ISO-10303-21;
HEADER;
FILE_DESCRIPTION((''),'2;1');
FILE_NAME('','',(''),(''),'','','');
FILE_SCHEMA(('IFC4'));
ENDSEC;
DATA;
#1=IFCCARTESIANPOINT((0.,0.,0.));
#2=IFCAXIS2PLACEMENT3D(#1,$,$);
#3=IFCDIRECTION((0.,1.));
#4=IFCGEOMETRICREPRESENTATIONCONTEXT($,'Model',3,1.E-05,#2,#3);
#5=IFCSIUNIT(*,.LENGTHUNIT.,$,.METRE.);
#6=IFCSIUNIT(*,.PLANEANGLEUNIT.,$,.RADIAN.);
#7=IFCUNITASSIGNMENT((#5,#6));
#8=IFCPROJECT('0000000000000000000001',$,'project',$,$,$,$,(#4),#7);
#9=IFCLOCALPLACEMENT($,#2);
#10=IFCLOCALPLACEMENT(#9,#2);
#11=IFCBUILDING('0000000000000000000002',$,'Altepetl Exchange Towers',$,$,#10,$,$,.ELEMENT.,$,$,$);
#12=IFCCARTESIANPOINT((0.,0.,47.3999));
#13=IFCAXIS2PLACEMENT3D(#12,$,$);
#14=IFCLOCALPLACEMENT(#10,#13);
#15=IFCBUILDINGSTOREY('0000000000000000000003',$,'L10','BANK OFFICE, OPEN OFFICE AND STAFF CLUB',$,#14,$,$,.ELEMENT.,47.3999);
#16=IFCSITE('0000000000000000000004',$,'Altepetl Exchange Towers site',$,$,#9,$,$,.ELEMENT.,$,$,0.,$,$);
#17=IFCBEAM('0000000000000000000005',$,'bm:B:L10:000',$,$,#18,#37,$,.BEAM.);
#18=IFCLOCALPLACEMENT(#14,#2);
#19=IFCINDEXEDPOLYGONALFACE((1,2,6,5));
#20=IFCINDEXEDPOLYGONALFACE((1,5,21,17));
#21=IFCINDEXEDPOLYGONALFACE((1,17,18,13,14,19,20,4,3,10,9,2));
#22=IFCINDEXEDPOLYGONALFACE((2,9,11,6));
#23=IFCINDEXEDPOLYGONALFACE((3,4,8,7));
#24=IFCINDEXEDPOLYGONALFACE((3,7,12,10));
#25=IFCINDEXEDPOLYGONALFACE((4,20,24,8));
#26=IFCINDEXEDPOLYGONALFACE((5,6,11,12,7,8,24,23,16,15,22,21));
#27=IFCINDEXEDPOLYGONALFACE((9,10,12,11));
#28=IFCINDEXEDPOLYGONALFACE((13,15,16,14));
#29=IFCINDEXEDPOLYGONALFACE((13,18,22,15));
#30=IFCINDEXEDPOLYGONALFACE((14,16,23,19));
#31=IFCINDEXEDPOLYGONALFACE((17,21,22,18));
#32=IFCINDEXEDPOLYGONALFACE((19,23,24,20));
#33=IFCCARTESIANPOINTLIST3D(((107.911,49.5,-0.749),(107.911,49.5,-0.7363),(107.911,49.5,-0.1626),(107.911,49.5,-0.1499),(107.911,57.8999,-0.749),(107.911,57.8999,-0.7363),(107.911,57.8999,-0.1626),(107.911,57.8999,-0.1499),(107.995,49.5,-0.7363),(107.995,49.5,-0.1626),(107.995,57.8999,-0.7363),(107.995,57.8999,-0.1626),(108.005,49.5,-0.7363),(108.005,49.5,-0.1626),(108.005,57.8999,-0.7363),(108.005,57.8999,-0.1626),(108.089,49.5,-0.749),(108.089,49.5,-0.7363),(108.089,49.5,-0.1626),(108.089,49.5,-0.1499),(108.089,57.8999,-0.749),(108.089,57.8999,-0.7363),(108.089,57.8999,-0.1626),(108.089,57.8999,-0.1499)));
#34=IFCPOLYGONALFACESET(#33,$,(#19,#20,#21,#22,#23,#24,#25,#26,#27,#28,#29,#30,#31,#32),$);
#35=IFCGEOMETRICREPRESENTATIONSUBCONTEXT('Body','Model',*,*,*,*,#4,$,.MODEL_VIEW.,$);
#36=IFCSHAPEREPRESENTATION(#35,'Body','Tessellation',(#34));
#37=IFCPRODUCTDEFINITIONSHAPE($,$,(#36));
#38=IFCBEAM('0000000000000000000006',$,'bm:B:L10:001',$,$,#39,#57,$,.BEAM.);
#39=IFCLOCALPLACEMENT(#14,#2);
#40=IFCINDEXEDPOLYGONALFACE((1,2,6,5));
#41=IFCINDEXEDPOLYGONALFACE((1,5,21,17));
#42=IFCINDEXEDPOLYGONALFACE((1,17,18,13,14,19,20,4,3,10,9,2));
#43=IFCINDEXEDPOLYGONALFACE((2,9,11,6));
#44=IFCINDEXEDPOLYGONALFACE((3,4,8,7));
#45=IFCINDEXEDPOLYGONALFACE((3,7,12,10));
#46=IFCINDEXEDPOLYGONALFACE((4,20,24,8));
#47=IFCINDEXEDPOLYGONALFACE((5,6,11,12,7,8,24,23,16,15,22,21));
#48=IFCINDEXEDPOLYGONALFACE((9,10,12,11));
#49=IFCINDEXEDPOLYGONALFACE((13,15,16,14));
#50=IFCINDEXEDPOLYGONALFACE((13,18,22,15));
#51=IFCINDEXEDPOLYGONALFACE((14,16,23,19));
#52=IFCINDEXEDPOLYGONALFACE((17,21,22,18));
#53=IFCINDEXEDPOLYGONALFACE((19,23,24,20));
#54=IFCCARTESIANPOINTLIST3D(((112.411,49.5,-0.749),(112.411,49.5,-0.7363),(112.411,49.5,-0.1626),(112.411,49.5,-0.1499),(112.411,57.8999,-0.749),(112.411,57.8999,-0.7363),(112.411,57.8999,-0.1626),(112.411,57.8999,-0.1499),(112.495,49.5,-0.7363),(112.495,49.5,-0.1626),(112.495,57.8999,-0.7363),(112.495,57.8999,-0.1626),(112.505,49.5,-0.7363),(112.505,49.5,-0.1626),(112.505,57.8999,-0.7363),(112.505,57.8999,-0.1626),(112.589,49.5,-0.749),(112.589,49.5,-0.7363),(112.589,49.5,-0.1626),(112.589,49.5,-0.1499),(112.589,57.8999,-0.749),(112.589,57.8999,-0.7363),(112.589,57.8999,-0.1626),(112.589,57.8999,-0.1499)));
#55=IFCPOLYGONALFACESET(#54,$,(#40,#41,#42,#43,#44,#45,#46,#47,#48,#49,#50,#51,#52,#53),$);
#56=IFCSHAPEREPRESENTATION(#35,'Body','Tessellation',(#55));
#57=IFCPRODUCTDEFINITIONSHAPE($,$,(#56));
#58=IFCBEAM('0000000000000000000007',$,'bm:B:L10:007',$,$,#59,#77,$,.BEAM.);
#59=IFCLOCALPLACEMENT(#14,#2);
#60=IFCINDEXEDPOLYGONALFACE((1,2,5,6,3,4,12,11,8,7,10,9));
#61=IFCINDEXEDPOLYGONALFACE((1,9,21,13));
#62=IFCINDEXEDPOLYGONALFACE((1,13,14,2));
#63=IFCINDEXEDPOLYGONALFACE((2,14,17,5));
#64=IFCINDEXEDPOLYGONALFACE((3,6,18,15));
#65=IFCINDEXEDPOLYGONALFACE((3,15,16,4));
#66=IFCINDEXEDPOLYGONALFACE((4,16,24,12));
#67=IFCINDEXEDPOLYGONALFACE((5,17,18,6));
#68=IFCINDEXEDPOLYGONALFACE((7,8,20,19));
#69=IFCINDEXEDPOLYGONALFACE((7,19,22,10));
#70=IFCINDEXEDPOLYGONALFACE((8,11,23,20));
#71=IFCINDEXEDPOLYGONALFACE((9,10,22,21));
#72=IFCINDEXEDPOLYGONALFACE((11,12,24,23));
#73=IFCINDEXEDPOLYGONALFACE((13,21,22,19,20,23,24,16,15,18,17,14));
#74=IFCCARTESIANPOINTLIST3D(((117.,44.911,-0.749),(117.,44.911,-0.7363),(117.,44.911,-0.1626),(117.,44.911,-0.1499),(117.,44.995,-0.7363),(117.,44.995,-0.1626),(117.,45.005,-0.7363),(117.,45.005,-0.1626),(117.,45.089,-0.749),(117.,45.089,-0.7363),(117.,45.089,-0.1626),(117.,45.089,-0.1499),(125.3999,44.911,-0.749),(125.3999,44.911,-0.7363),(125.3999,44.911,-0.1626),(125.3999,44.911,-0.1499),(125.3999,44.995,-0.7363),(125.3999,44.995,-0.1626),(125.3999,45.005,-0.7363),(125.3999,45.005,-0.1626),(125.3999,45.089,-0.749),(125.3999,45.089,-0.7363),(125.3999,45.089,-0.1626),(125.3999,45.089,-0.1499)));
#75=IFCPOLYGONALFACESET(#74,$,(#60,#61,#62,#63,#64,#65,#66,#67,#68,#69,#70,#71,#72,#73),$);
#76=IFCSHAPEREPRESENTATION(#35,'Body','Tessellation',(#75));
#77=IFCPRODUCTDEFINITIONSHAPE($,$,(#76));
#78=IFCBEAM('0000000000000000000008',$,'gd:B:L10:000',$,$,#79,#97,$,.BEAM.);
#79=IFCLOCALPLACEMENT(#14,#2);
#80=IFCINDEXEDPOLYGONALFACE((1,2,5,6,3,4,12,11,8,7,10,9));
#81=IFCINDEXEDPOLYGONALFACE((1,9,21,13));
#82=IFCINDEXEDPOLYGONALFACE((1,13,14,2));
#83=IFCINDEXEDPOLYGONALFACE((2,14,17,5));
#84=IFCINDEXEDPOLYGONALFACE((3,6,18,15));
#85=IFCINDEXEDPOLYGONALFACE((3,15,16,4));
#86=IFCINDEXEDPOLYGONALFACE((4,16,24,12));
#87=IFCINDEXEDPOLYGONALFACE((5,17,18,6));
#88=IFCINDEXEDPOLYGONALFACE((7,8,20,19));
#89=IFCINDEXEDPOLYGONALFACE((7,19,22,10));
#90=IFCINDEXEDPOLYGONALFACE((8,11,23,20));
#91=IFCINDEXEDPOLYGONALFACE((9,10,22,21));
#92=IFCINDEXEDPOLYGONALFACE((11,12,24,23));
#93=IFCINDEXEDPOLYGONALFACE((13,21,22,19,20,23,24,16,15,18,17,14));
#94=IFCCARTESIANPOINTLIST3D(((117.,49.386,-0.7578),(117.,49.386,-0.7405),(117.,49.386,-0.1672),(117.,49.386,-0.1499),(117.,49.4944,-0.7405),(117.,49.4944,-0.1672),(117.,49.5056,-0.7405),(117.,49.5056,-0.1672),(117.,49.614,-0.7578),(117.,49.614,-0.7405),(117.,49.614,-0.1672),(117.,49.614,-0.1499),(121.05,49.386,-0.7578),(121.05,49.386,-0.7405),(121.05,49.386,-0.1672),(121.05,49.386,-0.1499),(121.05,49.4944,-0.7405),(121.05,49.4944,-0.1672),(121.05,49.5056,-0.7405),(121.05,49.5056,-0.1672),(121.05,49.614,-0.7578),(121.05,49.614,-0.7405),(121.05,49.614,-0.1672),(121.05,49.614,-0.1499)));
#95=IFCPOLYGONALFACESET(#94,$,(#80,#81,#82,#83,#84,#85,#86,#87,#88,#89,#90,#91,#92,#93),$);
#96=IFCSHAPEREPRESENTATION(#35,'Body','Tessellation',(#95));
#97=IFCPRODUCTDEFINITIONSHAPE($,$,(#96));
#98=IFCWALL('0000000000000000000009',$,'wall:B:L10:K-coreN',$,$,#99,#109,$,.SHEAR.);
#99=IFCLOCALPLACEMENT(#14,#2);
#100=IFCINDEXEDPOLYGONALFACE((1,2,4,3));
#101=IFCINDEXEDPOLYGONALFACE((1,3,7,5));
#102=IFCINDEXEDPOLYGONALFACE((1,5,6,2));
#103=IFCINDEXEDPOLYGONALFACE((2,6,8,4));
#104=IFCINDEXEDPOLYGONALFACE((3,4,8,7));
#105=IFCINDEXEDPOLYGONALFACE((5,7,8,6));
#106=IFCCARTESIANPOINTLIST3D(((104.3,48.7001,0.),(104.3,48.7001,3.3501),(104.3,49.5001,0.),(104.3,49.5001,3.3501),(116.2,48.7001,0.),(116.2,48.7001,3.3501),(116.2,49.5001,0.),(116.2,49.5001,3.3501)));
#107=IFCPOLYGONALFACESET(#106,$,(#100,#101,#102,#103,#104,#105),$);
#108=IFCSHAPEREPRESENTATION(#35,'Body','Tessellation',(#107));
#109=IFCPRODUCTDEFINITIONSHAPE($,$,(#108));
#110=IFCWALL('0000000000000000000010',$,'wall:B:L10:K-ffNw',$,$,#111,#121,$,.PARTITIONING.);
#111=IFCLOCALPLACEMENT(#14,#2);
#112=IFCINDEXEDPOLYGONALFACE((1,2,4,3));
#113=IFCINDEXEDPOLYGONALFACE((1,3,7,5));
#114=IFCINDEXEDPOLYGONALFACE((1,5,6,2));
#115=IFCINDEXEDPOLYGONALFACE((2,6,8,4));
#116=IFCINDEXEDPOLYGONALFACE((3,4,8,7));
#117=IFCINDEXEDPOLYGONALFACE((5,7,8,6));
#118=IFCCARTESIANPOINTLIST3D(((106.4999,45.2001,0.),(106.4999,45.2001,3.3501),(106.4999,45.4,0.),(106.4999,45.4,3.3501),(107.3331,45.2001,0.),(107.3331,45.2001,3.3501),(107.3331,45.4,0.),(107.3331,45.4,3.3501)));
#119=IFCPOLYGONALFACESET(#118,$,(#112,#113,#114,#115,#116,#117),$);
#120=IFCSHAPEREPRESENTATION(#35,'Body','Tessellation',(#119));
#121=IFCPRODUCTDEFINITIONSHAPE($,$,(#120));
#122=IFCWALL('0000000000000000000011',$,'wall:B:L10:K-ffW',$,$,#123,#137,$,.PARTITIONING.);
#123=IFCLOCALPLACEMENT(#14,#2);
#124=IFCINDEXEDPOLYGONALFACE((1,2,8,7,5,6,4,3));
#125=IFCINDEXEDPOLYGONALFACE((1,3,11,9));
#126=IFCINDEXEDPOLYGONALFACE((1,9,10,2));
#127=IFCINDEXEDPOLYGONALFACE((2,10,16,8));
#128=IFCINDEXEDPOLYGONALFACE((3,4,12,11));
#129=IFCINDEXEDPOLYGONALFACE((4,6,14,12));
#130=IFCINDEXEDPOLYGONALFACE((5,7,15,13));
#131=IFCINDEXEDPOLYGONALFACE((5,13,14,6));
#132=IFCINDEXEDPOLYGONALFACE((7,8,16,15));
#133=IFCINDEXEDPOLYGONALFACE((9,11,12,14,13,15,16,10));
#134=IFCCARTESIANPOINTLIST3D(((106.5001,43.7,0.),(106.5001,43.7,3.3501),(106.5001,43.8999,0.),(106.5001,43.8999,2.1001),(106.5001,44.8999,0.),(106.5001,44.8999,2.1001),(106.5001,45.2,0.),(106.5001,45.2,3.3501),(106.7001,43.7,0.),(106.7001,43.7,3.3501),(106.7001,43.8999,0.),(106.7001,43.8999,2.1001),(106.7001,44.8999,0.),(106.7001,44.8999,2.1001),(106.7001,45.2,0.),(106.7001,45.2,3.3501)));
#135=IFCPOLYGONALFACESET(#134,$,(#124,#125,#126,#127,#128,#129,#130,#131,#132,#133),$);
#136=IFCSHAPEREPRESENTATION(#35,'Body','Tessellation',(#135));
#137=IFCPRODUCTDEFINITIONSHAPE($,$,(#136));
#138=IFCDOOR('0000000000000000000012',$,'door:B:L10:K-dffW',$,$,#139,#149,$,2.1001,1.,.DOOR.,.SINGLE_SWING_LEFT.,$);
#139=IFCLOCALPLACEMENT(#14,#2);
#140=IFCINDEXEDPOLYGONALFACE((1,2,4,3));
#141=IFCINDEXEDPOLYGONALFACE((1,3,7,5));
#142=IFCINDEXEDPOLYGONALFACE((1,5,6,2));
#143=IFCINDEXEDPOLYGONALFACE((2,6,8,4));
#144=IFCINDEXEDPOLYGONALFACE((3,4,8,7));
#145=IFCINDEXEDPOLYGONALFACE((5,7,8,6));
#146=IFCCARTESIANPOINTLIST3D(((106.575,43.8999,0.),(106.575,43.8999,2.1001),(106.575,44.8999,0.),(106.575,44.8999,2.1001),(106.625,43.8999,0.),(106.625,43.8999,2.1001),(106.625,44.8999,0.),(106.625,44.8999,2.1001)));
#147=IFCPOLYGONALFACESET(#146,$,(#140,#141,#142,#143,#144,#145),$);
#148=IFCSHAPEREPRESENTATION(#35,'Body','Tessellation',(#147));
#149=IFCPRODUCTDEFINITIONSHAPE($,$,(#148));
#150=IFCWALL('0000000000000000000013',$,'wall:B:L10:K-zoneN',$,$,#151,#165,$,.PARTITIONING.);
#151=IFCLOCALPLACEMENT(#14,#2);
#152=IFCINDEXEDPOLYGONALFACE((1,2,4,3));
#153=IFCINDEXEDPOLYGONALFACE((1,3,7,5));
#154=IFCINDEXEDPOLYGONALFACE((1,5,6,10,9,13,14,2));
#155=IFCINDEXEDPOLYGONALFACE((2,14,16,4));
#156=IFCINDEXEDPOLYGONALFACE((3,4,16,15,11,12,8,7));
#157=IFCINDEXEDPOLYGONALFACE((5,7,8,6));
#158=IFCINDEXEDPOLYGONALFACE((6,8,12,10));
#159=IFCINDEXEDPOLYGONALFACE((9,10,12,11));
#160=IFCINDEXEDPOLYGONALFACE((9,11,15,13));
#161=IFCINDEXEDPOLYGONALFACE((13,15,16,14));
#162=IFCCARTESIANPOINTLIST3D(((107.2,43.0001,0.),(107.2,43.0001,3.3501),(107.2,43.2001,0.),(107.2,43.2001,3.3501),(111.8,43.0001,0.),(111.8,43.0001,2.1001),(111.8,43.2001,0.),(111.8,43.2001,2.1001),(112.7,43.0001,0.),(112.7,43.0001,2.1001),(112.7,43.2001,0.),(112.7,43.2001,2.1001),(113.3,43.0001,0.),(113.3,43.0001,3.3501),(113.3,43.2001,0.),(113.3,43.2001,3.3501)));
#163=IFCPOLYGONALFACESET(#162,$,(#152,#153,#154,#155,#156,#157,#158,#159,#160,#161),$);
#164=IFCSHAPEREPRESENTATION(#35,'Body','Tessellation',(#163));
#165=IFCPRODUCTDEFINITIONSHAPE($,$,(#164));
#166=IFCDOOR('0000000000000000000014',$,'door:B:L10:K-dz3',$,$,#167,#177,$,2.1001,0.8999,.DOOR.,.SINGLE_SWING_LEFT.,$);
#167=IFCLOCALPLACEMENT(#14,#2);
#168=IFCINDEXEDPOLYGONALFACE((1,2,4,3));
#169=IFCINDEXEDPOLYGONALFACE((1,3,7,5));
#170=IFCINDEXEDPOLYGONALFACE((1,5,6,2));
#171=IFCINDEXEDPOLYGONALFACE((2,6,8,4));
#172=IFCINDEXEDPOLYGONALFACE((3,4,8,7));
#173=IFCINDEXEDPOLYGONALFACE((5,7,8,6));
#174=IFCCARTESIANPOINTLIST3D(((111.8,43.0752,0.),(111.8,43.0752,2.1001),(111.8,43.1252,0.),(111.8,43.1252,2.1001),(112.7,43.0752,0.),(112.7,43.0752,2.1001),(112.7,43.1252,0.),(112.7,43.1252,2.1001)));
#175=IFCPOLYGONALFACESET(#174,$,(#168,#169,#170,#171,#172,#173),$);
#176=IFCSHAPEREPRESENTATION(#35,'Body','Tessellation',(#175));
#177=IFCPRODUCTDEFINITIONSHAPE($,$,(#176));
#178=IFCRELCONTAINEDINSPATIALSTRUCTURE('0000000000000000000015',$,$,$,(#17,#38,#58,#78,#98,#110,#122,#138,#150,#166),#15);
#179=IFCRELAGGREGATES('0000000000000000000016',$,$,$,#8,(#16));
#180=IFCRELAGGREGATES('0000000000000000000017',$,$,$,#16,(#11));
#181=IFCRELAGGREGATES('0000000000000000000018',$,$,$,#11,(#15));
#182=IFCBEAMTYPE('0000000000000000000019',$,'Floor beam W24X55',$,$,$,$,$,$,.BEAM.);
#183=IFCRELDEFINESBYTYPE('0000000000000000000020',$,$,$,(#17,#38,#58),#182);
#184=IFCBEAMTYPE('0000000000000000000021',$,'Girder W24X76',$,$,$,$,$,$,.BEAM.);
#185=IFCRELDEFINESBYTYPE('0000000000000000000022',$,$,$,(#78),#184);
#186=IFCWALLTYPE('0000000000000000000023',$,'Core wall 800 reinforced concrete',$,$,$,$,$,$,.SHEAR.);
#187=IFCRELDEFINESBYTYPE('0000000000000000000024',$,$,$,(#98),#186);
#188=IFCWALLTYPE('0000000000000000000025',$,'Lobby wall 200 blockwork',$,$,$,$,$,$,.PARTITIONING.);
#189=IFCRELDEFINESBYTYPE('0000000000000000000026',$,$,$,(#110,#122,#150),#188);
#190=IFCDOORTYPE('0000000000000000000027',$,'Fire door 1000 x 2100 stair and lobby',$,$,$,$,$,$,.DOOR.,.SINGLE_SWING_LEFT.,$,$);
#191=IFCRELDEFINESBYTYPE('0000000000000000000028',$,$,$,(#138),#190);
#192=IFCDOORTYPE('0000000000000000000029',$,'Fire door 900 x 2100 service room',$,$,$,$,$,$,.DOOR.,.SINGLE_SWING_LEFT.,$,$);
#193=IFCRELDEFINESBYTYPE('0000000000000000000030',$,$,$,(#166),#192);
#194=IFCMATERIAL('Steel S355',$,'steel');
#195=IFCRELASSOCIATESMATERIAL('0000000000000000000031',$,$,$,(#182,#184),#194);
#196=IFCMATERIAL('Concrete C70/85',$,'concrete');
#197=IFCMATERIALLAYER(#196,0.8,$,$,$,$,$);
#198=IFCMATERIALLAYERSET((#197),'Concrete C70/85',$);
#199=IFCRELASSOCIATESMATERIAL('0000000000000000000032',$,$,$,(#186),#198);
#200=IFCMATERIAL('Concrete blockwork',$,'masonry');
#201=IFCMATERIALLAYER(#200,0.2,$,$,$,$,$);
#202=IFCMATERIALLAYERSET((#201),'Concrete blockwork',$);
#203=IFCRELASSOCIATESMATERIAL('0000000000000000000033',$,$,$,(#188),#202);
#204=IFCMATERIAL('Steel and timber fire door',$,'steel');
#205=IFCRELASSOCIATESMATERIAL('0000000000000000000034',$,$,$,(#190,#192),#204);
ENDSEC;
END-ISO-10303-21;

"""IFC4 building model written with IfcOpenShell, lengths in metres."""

from ifc_helpers import new_model, si_unit, direction, frame, frame_2d, origin, origin_2d, place, context, subcontext, project, spatial, rectangle, i_section, extrude, material, layer, layer_set, material_profile, profile_set, type_object, element, fill, save


model = new_model("IFC4")

# Units and contexts
model_context = context("Model", 3, precision=1e-05, world=origin(), true_north=direction((0.0, 1.0)))
body_context = subcontext(model_context, "Body", "Model", "MODEL_VIEW")
ifc_project = project(units=[si_unit("LENGTHUNIT", "METRE"), si_unit("PLANEANGLEUNIT", "RADIAN")], contexts=[model_context])

# Site, building, storey
site_placement = place(None, origin())
site = spatial("IfcSite", under=ifc_project, at=site_placement, Name="Altepetl Exchange Towers site", CompositionType="ELEMENT", RefElevation=0.0)
building_placement = place(site_placement, origin())
building = spatial("IfcBuilding", under=site, at=building_placement, Name="Altepetl Exchange Towers", CompositionType="ELEMENT")
storey_placement = place(building_placement, frame((0.0, 0.0, 47.3999)))
storey = spatial("IfcBuildingStorey", under=building, at=storey_placement, Name="L10", Description="BANK OFFICE, OPEN OFFICE AND STAFF CLUB", CompositionType="ELEMENT", Elevation=47.3999)

# Beams
ifc_material_1 = material(Name="Steel S355", Category="steel")
ifc_material_profile_1 = material_profile(ifc_material_1, i_section(OverallWidth=0.178, OverallDepth=0.5991, WebThickness=0.01, FlangeThickness=0.0127, at=origin_2d()), Name="W24X55")
ifc_profile_set_1 = profile_set([ifc_material_profile_1], Name="Steel S355")
beam_type_1 = type_object("IfcBeamType", Name="Floor beam W24X55", PredefinedType="BEAM", material=ifc_profile_set_1)
for number, where, z_axis, x_axis, name in (
    (1, (108.0, 49.5, -0.4495), (0.0, 1.0, 0.0), (-1.0, 0.0, 0.0), "bm:B:L10:000"),
    (2, (112.5, 49.5, -0.4495), (0.0, 1.0, 0.0), (-1.0, 0.0, 0.0), "bm:B:L10:001"),
    (3, (117.0, 45.0, -0.4495), (1.0, 0.0, 0.0), (0.0, 1.0, 0.0), "bm:B:L10:007"),
):
    element("IfcBeam", number, at=place(storey_placement, frame(where, z_axis=z_axis, x_axis=x_axis)), inside=storey, type_object=beam_type_1, Name=name, PredefinedType="BEAM", context=body_context, shape_type="SweptSolid", body=[
        extrude(i_section(OverallWidth=0.178, OverallDepth=0.5991, WebThickness=0.01, FlangeThickness=0.0127, at=origin_2d()), origin(), (0.0, 0.0, 1.0), 8.3999),
    ])
ifc_material_profile_2 = material_profile(ifc_material_1, i_section(OverallWidth=0.228, OverallDepth=0.6079, WebThickness=0.0112, FlangeThickness=0.0173, at=origin_2d()), Name="W24X76")
ifc_profile_set_2 = profile_set([ifc_material_profile_2], Name="Steel S355")
beam_type_2 = type_object("IfcBeamType", Name="Girder W24X76", PredefinedType="BEAM", material=ifc_profile_set_2)
beam_placement = place(storey_placement, frame((117.0, 49.5, -0.4539), z_axis=(1.0, 0.0, 0.0), x_axis=(0.0, 1.0, 0.0)))
element("IfcBeam", 4, at=beam_placement, inside=storey, type_object=beam_type_2, Name="gd:B:L10:000", PredefinedType="BEAM", context=body_context, shape_type="SweptSolid", body=[
    extrude(i_section(OverallWidth=0.228, OverallDepth=0.6079, WebThickness=0.0112, FlangeThickness=0.0173, at=origin_2d()), origin(), (0.0, 0.0, 1.0), 4.05),
])

# Walls
ifc_material_2 = material(Name="Concrete C70/85", Category="concrete")
ifc_layer_1 = layer(ifc_material_2, 0.8)
ifc_layer_set_1 = layer_set([ifc_layer_1], Name="Concrete C70/85")
wall_type_1 = type_object("IfcWallType", Name="Core wall 800 reinforced concrete", PredefinedType="SHEAR", material=ifc_layer_set_1)
wall_1_placement = place(storey_placement, frame((104.3, 49.1001, 0.0)))
element("IfcWall", 5, at=wall_1_placement, inside=storey, type_object=wall_type_1, Name="wall:B:L10:K-coreN", PredefinedType="SHEAR", context=body_context, shape_type="SweptSolid", body=[
    extrude(rectangle(XDim=11.8999, YDim=0.8, at=frame_2d((5.95, 0.0))), origin(), (0.0, 0.0, 1.0), 3.3501),
])
ifc_material_3 = material(Name="Concrete blockwork", Category="masonry")
ifc_layer_2 = layer(ifc_material_3, 0.2)
ifc_layer_set_2 = layer_set([ifc_layer_2], Name="Concrete blockwork")
wall_type_2 = type_object("IfcWallType", Name="Lobby wall 200 blockwork", PredefinedType="PARTITIONING", material=ifc_layer_set_2)
wall_2_placement = place(storey_placement, frame((106.5, 45.3, 0.0)))
element("IfcWall", 6, at=wall_2_placement, inside=storey, type_object=wall_type_2, Name="wall:B:L10:K-ffNw", PredefinedType="PARTITIONING", context=body_context, shape_type="SweptSolid", body=[
    extrude(rectangle(XDim=0.8333, YDim=0.2, at=frame_2d((0.4165, 0.0))), origin(), (0.0, 0.0, 1.0), 3.3501),
])

# Walls, openings, doors
wall_3_placement = place(storey_placement, frame((106.6001, 43.7, 0.0), z_axis=(0.0, 0.0, 1.0), x_axis=(0.0, 1.0, 0.0)))
wall_3 = element("IfcWall", 7, at=wall_3_placement, inside=storey, type_object=wall_type_2, Name="wall:B:L10:K-ffW", PredefinedType="PARTITIONING", context=body_context, shape_type="SweptSolid", body=[
    extrude(rectangle(XDim=1.5, YDim=0.2, at=frame_2d((0.75, 0.0))), origin(), (0.0, 0.0, 1.0), 3.3501),
])
opening_1_placement = place(wall_3_placement, frame((0.2, 0.0, 0.0)))
opening_1 = element("IfcOpeningElement", 8, at=opening_1_placement, cuts=wall_3, PredefinedType="OPENING", context=body_context, shape_type="SweptSolid", body=[
    extrude(rectangle(XDim=1.0, YDim=2.1001, at=frame_2d((0.5, 1.05))), frame((0.0, 0.1099, 0.0), z_axis=(0.0, -1.0, 0.0), x_axis=(1.0, 0.0, 0.0)), (0.0, 0.0, 1.0), 0.22),
])
ifc_material_4 = material(Name="Steel and timber fire door", Category="steel")
door_type_1 = type_object("IfcDoorType", Name="Fire door 1000 x 2100 stair and lobby", OperationType="SINGLE_SWING_LEFT", PredefinedType="DOOR", material=ifc_material_4)
door_1_placement = place(opening_1_placement, frame((1.0, 0.0, 0.0), x_axis=(-1.0, 0.0, 0.0)))
door_1 = element("IfcDoor", 9, at=door_1_placement, inside=storey, type_object=door_type_1, Name="door:B:L10:K-dffW", OperationType="SINGLE_SWING_LEFT", OverallHeight=2.1001, OverallWidth=1.0, PredefinedType="DOOR", context=body_context, shape_type="SweptSolid", body=[
    extrude(rectangle(XDim=1.0, YDim=2.1001, at=frame_2d((0.5, 1.05))), frame((0.0, 0.0249, 0.0), z_axis=(0.0, -1.0, 0.0), x_axis=(1.0, 0.0, 0.0)), (0.0, 0.0, 1.0), 0.05),
])
fill(opening_1, door_1)
wall_4_placement = place(storey_placement, frame((107.2, 43.1001, 0.0)))
wall_4 = element("IfcWall", 10, at=wall_4_placement, inside=storey, type_object=wall_type_2, Name="wall:B:L10:K-zoneN", PredefinedType="PARTITIONING", context=body_context, shape_type="SweptSolid", body=[
    extrude(rectangle(XDim=6.1001, YDim=0.2, at=frame_2d((3.05, 0.0))), origin(), (0.0, 0.0, 1.0), 3.3501),
])
opening_2_placement = place(wall_4_placement, frame((4.6001, 0.0, 0.0)))
opening_2 = element("IfcOpeningElement", 11, at=opening_2_placement, cuts=wall_4, PredefinedType="OPENING", context=body_context, shape_type="SweptSolid", body=[
    extrude(rectangle(XDim=0.8999, YDim=2.1001, at=frame_2d((0.45, 1.05))), frame((0.0, 0.1099, 0.0), z_axis=(0.0, -1.0, 0.0), x_axis=(1.0, 0.0, 0.0)), (0.0, 0.0, 1.0), 0.22),
])
door_type_2 = type_object("IfcDoorType", Name="Fire door 900 x 2100 service room", OperationType="SINGLE_SWING_LEFT", PredefinedType="DOOR", material=ifc_material_4)
door_2_placement = place(opening_2_placement, frame((0.8999, 0.0, 0.0), x_axis=(-1.0, 0.0, 0.0)))
door_2 = element("IfcDoor", 12, at=door_2_placement, inside=storey, type_object=door_type_2, Name="door:B:L10:K-dz3", OperationType="SINGLE_SWING_LEFT", OverallHeight=2.1001, OverallWidth=0.8999, PredefinedType="DOOR", context=body_context, shape_type="SweptSolid", body=[
    extrude(rectangle(XDim=0.8999, YDim=2.1001, at=frame_2d((0.45, 1.05))), frame((0.0, 0.0249, 0.0), z_axis=(0.0, -1.0, 0.0), x_axis=(1.0, 0.0, 0.0)), (0.0, 0.0, 1.0), 0.05),
])
fill(opening_2, door_2)

save(model, "model.ifc")
